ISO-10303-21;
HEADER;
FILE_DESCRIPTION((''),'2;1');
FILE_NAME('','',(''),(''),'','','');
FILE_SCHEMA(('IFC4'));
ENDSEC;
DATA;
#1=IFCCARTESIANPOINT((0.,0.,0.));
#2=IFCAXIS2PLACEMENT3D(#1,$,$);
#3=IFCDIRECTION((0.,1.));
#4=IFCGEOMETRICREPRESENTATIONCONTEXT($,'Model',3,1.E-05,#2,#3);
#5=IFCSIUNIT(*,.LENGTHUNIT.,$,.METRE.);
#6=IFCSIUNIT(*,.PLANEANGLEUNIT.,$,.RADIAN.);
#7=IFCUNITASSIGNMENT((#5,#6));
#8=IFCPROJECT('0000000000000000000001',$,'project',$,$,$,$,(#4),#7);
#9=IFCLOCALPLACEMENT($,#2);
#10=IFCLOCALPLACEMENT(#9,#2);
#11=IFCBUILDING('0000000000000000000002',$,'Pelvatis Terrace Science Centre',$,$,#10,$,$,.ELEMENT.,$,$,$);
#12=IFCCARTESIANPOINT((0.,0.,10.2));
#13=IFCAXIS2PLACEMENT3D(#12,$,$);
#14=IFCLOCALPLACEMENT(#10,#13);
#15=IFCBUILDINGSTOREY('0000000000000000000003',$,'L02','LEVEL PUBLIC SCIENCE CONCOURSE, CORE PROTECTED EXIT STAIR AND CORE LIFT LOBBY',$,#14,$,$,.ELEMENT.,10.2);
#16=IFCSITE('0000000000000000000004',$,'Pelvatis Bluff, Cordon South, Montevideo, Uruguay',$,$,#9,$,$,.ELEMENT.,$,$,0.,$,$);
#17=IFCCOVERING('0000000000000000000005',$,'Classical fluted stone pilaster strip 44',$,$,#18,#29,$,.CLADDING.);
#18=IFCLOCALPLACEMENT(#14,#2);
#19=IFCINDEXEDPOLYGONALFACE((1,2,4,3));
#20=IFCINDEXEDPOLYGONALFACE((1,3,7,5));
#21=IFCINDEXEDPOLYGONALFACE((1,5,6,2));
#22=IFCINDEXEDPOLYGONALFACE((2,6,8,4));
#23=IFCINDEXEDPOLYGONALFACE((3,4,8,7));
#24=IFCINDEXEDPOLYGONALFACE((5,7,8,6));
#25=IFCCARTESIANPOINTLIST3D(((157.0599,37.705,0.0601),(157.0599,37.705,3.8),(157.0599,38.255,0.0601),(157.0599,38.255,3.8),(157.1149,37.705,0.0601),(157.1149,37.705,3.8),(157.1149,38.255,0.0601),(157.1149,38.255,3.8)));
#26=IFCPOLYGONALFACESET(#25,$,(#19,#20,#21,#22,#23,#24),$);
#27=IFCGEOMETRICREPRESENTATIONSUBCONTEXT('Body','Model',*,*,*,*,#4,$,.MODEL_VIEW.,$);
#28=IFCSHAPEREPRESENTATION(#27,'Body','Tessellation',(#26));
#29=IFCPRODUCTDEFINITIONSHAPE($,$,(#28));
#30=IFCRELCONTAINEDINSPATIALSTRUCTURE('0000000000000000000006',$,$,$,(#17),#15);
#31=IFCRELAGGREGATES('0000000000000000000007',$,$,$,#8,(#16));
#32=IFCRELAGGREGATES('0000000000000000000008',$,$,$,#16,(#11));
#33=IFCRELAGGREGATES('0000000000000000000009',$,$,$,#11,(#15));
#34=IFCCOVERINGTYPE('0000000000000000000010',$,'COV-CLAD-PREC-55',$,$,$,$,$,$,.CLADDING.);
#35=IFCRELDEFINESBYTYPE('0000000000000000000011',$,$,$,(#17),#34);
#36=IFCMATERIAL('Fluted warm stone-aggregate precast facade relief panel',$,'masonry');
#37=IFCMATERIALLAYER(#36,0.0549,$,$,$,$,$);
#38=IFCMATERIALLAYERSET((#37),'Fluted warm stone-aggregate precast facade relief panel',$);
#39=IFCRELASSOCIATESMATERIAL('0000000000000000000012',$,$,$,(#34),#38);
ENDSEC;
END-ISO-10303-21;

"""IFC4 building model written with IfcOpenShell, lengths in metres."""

from ifc_helpers import new_model, si_unit, direction, frame, origin, origin_2d, place, context, subcontext, project, spatial, rectangle, extrude, material, layer, layer_set, type_object, element, save


model = new_model("IFC4")

# Units and contexts
model_context = context("Model", 3, precision=1e-05, world=origin(), true_north=direction((0.0, 1.0)))
body_context = subcontext(model_context, "Body", "Model", "MODEL_VIEW")
ifc_project = project(units=[si_unit("LENGTHUNIT", "METRE"), si_unit("PLANEANGLEUNIT", "RADIAN")], contexts=[model_context])

# Site, building, storey
site_placement = place(None, origin())
site = spatial("IfcSite", under=ifc_project, at=site_placement, Name="Pelvatis Bluff, Cordon South, Montevideo, Uruguay", CompositionType="ELEMENT", RefElevation=0.0)
building_placement = place(site_placement, origin())
building = spatial("IfcBuilding", under=site, at=building_placement, Name="Pelvatis Terrace Science Centre", CompositionType="ELEMENT")
storey_placement = place(building_placement, frame((0.0, 0.0, 10.2)))
storey = spatial("IfcBuildingStorey", under=building, at=storey_placement, Name="L02", Description="LEVEL PUBLIC SCIENCE CONCOURSE, CORE PROTECTED EXIT STAIR AND CORE LIFT LOBBY", CompositionType="ELEMENT", Elevation=10.2)

# Covering
ifc_material_1 = material(Name="Fluted warm stone-aggregate precast facade relief panel", Category="masonry")
ifc_layer_1 = layer(ifc_material_1, 0.0549)
ifc_layer_set_1 = layer_set([ifc_layer_1], Name="Fluted warm stone-aggregate precast facade relief panel")
covering_type = type_object("IfcCoveringType", Name="COV-CLAD-PREC-55", PredefinedType="CLADDING", material=ifc_layer_set_1)
for number, where, z_axis, x_axis, name in (
    (1, (157.0874, 37.98, 0.0601), (0.0, 0.0, 1.0), (1.0, 0.0, 0.0), "Classical fluted stone pilaster strip 44"),
):
    element("IfcCovering", number, at=place(storey_placement, frame(where, z_axis=z_axis, x_axis=x_axis)), inside=storey, type_object=covering_type, Name=name, PredefinedType="CLADDING", context=body_context, shape_type="SweptSolid", body=[
        extrude(rectangle(XDim=0.0549, YDim=0.55, at=origin_2d()), origin(), (0.0, 0.0, 1.0), 3.74),
    ])

save(model, "model.ifc")
